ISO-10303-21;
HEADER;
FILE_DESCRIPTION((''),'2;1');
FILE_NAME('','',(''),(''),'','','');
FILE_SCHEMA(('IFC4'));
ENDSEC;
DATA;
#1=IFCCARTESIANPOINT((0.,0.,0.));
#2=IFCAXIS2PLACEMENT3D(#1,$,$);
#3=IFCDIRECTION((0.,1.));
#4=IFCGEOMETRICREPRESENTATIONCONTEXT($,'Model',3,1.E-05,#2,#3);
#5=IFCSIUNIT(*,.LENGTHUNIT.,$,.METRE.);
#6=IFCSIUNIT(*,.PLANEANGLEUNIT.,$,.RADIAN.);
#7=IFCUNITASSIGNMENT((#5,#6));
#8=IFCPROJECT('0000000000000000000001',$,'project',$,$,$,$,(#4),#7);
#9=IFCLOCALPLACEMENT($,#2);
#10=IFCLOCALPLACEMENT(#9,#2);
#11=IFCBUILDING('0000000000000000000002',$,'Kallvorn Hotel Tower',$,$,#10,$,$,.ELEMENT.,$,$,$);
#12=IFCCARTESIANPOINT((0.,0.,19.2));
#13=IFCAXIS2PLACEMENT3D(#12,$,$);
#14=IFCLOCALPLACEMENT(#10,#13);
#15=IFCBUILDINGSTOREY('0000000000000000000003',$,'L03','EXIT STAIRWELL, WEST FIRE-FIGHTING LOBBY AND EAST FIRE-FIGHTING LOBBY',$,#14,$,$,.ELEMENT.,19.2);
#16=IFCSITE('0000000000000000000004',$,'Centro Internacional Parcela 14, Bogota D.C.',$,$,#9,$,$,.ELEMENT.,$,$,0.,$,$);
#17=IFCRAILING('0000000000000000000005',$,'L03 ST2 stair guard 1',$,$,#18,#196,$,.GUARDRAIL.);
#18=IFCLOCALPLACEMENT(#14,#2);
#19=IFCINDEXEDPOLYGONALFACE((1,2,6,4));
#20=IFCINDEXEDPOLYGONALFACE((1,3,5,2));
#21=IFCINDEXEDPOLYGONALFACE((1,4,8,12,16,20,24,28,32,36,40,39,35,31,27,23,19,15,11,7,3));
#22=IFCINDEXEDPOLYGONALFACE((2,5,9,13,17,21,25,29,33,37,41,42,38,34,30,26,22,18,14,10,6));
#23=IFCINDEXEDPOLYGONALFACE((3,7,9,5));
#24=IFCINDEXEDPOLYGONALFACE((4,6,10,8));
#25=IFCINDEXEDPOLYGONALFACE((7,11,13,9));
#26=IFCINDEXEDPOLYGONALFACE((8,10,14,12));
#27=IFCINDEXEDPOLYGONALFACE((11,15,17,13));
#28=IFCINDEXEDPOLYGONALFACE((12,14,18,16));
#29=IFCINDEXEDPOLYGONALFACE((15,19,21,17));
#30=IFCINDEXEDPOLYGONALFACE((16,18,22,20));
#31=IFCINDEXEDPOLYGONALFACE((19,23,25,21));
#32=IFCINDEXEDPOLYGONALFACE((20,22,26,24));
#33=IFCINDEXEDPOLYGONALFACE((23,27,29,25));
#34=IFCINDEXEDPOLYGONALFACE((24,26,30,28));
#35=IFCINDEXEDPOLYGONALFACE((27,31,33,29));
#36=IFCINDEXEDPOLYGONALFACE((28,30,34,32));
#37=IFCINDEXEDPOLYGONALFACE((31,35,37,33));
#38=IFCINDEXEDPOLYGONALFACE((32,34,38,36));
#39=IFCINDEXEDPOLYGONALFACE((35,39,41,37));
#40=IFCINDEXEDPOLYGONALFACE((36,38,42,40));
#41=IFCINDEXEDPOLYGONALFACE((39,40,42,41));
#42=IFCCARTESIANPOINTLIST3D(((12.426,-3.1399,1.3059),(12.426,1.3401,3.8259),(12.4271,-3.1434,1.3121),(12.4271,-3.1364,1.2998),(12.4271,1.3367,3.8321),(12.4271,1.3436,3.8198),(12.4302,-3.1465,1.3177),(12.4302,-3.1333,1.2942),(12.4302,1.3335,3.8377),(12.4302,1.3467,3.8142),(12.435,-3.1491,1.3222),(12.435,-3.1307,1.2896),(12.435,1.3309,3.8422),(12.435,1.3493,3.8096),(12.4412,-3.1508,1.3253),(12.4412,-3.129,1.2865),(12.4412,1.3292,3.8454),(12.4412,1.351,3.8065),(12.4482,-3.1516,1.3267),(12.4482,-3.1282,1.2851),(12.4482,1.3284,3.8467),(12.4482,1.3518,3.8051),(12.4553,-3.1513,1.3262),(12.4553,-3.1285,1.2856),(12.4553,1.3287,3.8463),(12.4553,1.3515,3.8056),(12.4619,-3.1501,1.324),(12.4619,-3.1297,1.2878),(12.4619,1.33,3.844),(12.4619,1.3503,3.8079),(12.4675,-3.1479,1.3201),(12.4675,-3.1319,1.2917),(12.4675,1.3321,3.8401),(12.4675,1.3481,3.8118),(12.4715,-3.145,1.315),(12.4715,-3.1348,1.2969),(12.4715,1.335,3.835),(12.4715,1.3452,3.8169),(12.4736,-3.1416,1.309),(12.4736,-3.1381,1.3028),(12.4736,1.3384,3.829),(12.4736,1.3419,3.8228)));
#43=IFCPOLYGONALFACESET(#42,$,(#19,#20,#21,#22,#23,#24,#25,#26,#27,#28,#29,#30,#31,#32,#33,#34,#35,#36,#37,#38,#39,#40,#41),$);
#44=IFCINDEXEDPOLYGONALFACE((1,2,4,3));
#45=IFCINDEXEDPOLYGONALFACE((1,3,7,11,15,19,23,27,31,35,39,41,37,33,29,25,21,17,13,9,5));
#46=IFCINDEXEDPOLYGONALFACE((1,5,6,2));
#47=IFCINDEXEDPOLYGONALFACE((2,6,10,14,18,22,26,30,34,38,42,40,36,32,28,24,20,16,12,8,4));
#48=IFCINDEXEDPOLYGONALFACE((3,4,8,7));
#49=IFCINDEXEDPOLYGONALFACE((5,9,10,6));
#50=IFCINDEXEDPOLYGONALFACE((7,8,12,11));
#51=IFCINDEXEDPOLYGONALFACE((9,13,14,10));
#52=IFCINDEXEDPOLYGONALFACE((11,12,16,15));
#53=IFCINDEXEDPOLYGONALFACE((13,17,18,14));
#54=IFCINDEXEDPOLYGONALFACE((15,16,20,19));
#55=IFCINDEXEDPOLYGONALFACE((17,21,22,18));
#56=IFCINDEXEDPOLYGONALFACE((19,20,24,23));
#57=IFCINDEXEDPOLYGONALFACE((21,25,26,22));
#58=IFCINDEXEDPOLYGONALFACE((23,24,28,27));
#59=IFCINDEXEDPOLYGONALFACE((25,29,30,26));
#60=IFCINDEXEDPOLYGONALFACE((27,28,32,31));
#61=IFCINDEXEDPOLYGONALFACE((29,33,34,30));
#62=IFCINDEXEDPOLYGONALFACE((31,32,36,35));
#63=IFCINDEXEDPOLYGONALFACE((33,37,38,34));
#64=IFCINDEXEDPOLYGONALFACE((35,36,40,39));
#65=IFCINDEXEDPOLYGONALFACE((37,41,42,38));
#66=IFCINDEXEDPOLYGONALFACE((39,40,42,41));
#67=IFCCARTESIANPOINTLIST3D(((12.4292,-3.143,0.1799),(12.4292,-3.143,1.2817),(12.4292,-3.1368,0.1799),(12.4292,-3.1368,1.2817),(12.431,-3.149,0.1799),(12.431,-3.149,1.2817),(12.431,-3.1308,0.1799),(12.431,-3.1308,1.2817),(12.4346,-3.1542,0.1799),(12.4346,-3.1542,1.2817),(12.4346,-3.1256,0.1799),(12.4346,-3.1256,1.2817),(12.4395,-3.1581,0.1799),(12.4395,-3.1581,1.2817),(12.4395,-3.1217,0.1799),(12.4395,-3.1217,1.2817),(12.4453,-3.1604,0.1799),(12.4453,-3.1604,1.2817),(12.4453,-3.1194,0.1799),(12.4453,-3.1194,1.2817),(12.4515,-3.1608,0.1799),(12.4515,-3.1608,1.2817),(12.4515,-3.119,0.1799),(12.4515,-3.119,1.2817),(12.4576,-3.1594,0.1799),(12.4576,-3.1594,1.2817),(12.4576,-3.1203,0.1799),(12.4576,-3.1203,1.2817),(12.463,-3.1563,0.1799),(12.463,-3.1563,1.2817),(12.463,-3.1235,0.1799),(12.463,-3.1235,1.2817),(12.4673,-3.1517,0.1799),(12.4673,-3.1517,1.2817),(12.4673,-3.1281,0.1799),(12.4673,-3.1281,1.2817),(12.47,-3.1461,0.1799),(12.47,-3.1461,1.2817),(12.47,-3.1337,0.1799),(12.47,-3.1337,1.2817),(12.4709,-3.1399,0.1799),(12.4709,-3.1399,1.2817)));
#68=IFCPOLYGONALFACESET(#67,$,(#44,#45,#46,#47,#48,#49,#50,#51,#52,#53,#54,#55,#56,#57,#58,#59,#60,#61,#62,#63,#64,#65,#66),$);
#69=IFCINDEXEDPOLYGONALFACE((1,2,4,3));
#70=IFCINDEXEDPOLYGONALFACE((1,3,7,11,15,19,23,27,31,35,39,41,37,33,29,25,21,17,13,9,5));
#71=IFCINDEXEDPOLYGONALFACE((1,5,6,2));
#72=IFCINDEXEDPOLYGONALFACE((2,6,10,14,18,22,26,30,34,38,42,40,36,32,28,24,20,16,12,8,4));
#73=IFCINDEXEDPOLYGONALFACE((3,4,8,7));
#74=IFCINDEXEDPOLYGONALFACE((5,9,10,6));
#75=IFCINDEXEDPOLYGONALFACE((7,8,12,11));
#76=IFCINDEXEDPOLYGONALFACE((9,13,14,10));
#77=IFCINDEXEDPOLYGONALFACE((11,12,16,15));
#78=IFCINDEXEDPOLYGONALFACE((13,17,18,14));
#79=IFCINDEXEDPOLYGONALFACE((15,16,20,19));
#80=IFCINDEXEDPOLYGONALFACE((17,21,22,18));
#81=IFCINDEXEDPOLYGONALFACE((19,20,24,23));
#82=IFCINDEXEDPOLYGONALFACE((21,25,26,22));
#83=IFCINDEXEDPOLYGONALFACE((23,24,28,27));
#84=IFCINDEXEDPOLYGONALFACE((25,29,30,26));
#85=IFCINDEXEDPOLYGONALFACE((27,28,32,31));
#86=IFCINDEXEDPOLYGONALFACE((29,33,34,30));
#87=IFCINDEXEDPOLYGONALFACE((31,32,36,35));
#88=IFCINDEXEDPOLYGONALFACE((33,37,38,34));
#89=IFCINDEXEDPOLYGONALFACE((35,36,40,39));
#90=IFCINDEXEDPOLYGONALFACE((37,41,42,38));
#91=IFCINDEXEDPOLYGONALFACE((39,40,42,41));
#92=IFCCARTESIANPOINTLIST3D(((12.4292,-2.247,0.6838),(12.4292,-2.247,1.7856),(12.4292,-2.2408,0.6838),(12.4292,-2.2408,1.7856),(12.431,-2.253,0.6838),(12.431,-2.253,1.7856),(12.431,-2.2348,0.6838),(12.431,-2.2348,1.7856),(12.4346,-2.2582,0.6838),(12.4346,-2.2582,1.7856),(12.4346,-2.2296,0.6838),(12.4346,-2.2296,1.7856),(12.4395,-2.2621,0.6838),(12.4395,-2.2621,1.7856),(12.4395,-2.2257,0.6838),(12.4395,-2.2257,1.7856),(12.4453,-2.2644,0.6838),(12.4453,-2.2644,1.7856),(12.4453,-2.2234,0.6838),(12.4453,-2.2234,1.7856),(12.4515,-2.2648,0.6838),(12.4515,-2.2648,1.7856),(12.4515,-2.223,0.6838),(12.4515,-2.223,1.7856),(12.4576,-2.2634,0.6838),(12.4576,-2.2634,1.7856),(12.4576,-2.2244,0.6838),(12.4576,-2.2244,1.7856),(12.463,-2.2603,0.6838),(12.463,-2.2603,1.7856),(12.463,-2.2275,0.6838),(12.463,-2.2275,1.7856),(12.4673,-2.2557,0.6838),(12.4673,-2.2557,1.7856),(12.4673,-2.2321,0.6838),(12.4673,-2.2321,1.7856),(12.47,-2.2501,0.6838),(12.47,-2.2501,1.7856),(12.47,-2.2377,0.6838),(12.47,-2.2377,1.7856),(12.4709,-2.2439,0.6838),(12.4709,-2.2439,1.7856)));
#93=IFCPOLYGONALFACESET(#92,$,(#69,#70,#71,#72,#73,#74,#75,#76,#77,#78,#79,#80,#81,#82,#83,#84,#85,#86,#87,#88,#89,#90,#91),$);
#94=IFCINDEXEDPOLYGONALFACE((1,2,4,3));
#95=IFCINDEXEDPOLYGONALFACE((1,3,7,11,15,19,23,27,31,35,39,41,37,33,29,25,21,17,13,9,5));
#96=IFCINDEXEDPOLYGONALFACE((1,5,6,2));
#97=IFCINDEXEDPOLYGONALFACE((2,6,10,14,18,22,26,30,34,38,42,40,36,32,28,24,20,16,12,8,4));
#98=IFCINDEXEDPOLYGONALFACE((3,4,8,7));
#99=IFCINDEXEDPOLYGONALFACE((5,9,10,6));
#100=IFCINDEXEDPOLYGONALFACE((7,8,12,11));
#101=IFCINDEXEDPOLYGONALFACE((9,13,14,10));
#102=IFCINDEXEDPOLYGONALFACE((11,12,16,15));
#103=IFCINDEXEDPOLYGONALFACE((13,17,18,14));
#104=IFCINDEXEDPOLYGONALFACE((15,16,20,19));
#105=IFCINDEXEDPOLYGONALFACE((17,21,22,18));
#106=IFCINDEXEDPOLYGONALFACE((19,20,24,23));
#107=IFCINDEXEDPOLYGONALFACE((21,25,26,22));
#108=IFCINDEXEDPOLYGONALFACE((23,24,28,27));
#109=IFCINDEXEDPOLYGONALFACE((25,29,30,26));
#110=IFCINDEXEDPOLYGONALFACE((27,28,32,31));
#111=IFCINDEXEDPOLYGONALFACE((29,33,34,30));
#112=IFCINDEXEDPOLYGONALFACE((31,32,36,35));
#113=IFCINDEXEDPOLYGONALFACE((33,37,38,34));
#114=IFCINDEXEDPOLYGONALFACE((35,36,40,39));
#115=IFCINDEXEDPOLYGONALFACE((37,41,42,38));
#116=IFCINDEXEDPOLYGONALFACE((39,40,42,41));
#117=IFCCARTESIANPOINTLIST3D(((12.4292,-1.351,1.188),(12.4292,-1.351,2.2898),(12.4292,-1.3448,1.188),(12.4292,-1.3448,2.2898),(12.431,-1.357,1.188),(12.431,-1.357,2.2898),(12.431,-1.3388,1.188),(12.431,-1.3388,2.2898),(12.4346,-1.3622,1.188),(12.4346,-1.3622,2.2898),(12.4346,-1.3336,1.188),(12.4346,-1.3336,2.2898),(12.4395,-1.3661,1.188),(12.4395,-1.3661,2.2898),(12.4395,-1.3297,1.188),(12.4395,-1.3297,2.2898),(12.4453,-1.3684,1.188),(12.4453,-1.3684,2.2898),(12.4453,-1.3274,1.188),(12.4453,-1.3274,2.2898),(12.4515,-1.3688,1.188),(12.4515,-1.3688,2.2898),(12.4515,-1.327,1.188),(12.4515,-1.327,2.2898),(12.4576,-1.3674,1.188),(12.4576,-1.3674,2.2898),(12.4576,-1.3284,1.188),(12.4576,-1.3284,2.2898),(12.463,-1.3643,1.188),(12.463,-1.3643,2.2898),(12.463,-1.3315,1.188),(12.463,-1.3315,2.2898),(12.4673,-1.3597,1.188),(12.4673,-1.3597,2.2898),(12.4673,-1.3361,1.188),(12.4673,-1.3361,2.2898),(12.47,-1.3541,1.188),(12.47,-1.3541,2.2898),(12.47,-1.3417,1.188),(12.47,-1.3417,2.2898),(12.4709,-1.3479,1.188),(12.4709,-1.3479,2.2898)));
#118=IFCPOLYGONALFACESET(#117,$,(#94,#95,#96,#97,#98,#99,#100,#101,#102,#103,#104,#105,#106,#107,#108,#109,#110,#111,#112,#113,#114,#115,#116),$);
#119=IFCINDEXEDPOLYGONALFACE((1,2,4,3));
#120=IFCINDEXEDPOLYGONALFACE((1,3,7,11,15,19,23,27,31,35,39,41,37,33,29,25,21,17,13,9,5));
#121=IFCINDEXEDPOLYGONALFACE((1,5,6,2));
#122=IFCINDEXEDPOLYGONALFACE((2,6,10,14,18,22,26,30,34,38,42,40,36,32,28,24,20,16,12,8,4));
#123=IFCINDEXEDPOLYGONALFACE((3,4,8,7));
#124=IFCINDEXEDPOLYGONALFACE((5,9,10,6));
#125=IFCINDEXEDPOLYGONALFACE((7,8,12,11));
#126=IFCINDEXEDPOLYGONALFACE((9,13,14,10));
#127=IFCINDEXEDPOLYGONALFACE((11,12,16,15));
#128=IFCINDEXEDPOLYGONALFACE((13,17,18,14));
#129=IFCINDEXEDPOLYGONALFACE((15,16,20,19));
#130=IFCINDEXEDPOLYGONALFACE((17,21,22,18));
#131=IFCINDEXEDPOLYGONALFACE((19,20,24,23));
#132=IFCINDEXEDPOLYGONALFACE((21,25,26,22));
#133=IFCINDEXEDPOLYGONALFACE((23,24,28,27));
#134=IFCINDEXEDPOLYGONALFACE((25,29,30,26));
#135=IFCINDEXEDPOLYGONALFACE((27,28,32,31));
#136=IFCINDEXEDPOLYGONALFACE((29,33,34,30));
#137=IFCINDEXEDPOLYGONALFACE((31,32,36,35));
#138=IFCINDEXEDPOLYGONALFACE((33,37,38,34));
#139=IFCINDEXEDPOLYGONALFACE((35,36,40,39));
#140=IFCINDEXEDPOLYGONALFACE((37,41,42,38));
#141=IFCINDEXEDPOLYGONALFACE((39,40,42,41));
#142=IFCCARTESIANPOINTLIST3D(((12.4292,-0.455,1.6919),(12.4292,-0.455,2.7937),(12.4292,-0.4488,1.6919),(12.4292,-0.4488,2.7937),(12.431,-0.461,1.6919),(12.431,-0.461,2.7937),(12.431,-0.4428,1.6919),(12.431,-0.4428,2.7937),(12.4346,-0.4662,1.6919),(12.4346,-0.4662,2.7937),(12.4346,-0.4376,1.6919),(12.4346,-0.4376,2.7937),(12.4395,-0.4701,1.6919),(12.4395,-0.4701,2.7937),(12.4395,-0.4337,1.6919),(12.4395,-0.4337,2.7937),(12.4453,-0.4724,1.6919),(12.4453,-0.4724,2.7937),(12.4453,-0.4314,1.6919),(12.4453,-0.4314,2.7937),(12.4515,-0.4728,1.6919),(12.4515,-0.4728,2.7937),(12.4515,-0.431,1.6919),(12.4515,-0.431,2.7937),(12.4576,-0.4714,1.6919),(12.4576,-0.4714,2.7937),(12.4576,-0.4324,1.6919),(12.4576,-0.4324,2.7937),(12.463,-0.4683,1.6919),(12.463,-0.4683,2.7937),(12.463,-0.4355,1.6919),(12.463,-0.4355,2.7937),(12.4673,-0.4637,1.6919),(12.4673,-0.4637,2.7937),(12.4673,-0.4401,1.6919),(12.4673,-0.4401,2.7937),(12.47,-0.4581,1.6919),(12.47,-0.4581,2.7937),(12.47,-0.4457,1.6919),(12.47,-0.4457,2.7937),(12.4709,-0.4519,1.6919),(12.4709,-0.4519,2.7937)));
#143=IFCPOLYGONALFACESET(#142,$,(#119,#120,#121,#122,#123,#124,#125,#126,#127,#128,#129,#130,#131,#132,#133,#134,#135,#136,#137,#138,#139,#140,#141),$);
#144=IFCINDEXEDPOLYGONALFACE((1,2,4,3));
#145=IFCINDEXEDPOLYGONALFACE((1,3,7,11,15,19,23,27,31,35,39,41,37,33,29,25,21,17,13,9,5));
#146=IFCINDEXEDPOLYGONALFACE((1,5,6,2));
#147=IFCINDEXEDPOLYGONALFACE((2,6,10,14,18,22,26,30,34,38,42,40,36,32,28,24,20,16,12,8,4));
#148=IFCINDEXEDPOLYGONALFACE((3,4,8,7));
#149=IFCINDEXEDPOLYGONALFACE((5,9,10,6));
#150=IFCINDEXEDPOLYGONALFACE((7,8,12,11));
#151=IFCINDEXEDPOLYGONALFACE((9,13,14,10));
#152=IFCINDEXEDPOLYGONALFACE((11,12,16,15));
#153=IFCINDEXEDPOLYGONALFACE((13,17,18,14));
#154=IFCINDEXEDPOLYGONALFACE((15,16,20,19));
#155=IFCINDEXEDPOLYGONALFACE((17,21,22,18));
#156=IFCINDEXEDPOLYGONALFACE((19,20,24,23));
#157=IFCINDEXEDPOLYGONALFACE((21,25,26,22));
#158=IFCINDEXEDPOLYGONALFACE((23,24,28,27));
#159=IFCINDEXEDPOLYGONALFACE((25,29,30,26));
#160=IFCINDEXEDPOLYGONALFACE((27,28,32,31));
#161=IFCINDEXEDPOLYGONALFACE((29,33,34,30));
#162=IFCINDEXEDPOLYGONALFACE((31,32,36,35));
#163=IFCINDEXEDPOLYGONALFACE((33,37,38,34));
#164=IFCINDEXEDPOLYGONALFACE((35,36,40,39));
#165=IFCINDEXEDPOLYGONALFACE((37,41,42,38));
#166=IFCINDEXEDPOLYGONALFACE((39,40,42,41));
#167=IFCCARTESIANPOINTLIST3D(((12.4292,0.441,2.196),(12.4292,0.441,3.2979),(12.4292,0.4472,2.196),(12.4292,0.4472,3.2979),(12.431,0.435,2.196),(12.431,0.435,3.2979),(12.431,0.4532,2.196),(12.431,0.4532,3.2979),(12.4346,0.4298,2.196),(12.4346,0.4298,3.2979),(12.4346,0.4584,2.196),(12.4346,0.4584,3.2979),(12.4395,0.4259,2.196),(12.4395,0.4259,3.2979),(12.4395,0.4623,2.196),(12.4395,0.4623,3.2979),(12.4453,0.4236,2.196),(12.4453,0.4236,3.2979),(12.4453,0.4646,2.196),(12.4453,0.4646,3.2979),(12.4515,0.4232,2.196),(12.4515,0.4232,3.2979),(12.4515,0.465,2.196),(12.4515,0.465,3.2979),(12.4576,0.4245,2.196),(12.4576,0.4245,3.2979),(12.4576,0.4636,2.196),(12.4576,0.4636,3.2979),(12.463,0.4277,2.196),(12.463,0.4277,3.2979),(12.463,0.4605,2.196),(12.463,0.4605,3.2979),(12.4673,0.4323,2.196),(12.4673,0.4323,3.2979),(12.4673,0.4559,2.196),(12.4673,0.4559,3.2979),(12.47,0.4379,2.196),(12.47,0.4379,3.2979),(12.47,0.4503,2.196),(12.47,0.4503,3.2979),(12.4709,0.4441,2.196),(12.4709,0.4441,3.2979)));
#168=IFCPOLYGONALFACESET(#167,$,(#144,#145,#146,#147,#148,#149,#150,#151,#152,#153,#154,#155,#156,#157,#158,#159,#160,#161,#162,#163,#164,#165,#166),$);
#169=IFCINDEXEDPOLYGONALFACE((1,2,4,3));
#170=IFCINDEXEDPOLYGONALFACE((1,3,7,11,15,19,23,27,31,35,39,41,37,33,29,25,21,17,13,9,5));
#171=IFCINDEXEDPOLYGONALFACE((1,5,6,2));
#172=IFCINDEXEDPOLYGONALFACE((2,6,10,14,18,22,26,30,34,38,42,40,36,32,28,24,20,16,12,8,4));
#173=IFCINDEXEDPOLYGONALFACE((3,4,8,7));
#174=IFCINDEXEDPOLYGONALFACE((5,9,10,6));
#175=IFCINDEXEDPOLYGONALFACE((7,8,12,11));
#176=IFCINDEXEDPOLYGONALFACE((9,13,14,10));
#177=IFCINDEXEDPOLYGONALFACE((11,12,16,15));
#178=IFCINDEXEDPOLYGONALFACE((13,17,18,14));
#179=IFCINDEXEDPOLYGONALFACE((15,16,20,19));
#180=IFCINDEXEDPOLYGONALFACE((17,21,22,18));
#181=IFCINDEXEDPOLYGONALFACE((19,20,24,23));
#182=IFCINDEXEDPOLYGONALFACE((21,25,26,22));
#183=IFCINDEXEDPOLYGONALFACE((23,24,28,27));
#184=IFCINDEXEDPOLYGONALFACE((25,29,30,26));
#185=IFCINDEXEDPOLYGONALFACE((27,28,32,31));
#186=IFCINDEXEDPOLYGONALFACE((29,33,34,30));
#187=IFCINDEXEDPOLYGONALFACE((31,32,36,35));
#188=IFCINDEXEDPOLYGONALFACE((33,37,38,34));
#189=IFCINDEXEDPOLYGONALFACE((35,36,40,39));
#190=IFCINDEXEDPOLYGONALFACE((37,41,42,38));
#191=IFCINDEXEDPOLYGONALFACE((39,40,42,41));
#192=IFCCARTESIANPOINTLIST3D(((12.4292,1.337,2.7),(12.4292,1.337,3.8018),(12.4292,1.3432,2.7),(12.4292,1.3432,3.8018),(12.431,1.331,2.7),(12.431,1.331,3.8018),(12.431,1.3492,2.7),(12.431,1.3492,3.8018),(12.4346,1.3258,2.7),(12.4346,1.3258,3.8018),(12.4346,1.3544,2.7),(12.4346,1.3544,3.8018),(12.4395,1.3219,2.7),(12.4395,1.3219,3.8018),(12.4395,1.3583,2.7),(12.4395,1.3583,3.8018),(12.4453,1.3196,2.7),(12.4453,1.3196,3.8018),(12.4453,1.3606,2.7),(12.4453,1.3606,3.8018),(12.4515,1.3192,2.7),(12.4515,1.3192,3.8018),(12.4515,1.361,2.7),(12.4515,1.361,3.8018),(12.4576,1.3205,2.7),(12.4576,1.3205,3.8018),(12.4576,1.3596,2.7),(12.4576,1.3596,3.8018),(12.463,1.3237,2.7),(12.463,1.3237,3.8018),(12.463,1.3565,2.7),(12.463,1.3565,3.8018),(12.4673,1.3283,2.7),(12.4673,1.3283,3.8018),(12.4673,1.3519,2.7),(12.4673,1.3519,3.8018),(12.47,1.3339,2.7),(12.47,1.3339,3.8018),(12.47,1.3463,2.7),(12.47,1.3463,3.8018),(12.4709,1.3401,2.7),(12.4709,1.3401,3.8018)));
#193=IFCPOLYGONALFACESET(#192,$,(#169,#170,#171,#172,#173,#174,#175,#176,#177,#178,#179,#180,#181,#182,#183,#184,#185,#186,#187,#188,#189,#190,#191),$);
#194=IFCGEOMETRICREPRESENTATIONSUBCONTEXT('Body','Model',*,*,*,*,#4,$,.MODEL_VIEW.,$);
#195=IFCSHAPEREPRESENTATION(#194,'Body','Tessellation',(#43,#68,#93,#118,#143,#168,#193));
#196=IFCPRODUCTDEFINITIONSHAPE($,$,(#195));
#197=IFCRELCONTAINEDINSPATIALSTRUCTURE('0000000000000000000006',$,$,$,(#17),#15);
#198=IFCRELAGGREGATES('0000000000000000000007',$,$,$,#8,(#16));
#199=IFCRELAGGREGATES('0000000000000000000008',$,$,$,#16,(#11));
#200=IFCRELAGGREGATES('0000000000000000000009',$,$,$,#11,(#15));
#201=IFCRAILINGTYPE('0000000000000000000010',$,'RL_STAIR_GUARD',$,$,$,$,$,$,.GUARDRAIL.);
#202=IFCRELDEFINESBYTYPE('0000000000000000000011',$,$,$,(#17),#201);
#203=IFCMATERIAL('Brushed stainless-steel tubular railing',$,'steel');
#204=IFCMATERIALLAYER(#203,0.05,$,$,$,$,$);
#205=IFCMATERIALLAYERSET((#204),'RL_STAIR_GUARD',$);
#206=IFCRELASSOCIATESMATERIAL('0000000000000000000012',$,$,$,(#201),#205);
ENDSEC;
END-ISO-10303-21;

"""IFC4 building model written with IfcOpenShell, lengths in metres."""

from ifc_helpers import new_model, si_unit, direction, frame, origin, origin_2d, place, context, subcontext, project, spatial, circle, extrude, material, layer, layer_set, type_object, element, save


model = new_model("IFC4")

# Units and contexts
model_context = context("Model", 3, precision=1e-05, world=origin(), true_north=direction((0.0, 1.0)))
body_context = subcontext(model_context, "Body", "Model", "MODEL_VIEW")
ifc_project = project(units=[si_unit("LENGTHUNIT", "METRE"), si_unit("PLANEANGLEUNIT", "RADIAN")], contexts=[model_context])

# Site, building, storey
site_placement = place(None, origin())
site = spatial("IfcSite", under=ifc_project, at=site_placement, Name="Centro Internacional Parcela 14, Bogota D.C.", CompositionType="ELEMENT", RefElevation=0.0)
building_placement = place(site_placement, origin())
building = spatial("IfcBuilding", under=site, at=building_placement, Name="Kallvorn Hotel Tower", CompositionType="ELEMENT")
storey_placement = place(building_placement, frame((0.0, 0.0, 19.2)))
storey = spatial("IfcBuildingStorey", under=building, at=storey_placement, Name="L03", Description="EXIT STAIRWELL, WEST FIRE-FIGHTING LOBBY AND EAST FIRE-FIGHTING LOBBY", CompositionType="ELEMENT", Elevation=19.2)

# Railing
ifc_material_1 = material(Name="Brushed stainless-steel tubular railing", Category="steel")
ifc_layer_1 = layer(ifc_material_1, 0.05)
ifc_layer_set_1 = layer_set([ifc_layer_1], Name="RL_STAIR_GUARD")
railing_type_1 = type_object("IfcRailingType", Name="RL_STAIR_GUARD", PredefinedType="GUARDRAIL", material=ifc_layer_set_1)
railing_1_placement = place(storey_placement, frame((12.45, -3.1399, 0.1799)))
element("IfcRailing", 1, at=railing_1_placement, inside=storey, type_object=railing_type_1, Name="L03 ST2 stair guard 1", PredefinedType="GUARDRAIL", context=body_context, shape_type="SweptSolid", body=[
    extrude(circle(Radius=0.0239, at=origin_2d()), frame((0.0, 0.0, 1.126), z_axis=(0.0, 0.871573, 0.490266), x_axis=(-1.0, 0.0, 0.0)), (0.0, 0.0, 1.0), 5.1401),
    extrude(circle(Radius=0.021, at=origin_2d()), origin(), (0.0, 0.0, 1.0), 1.1018),
    extrude(circle(Radius=0.021, at=origin_2d()), frame((0.0, 0.896, 0.5039)), (0.0, 0.0, 1.0), 1.1018),
    extrude(circle(Radius=0.021, at=origin_2d()), frame((0.0, 1.792, 1.0081)), (0.0, 0.0, 1.0), 1.1018),
    extrude(circle(Radius=0.021, at=origin_2d()), frame((0.0, 2.688, 1.512)), (0.0, 0.0, 1.0), 1.1018),
    extrude(circle(Radius=0.021, at=origin_2d()), frame((0.0, 3.584, 2.0161)), (0.0, 0.0, 1.0), 1.1018),
    extrude(circle(Radius=0.021, at=origin_2d()), frame((0.0, 4.48, 2.52)), (0.0, 0.0, 1.0), 1.1018),
])

save(model, "model.ifc")
